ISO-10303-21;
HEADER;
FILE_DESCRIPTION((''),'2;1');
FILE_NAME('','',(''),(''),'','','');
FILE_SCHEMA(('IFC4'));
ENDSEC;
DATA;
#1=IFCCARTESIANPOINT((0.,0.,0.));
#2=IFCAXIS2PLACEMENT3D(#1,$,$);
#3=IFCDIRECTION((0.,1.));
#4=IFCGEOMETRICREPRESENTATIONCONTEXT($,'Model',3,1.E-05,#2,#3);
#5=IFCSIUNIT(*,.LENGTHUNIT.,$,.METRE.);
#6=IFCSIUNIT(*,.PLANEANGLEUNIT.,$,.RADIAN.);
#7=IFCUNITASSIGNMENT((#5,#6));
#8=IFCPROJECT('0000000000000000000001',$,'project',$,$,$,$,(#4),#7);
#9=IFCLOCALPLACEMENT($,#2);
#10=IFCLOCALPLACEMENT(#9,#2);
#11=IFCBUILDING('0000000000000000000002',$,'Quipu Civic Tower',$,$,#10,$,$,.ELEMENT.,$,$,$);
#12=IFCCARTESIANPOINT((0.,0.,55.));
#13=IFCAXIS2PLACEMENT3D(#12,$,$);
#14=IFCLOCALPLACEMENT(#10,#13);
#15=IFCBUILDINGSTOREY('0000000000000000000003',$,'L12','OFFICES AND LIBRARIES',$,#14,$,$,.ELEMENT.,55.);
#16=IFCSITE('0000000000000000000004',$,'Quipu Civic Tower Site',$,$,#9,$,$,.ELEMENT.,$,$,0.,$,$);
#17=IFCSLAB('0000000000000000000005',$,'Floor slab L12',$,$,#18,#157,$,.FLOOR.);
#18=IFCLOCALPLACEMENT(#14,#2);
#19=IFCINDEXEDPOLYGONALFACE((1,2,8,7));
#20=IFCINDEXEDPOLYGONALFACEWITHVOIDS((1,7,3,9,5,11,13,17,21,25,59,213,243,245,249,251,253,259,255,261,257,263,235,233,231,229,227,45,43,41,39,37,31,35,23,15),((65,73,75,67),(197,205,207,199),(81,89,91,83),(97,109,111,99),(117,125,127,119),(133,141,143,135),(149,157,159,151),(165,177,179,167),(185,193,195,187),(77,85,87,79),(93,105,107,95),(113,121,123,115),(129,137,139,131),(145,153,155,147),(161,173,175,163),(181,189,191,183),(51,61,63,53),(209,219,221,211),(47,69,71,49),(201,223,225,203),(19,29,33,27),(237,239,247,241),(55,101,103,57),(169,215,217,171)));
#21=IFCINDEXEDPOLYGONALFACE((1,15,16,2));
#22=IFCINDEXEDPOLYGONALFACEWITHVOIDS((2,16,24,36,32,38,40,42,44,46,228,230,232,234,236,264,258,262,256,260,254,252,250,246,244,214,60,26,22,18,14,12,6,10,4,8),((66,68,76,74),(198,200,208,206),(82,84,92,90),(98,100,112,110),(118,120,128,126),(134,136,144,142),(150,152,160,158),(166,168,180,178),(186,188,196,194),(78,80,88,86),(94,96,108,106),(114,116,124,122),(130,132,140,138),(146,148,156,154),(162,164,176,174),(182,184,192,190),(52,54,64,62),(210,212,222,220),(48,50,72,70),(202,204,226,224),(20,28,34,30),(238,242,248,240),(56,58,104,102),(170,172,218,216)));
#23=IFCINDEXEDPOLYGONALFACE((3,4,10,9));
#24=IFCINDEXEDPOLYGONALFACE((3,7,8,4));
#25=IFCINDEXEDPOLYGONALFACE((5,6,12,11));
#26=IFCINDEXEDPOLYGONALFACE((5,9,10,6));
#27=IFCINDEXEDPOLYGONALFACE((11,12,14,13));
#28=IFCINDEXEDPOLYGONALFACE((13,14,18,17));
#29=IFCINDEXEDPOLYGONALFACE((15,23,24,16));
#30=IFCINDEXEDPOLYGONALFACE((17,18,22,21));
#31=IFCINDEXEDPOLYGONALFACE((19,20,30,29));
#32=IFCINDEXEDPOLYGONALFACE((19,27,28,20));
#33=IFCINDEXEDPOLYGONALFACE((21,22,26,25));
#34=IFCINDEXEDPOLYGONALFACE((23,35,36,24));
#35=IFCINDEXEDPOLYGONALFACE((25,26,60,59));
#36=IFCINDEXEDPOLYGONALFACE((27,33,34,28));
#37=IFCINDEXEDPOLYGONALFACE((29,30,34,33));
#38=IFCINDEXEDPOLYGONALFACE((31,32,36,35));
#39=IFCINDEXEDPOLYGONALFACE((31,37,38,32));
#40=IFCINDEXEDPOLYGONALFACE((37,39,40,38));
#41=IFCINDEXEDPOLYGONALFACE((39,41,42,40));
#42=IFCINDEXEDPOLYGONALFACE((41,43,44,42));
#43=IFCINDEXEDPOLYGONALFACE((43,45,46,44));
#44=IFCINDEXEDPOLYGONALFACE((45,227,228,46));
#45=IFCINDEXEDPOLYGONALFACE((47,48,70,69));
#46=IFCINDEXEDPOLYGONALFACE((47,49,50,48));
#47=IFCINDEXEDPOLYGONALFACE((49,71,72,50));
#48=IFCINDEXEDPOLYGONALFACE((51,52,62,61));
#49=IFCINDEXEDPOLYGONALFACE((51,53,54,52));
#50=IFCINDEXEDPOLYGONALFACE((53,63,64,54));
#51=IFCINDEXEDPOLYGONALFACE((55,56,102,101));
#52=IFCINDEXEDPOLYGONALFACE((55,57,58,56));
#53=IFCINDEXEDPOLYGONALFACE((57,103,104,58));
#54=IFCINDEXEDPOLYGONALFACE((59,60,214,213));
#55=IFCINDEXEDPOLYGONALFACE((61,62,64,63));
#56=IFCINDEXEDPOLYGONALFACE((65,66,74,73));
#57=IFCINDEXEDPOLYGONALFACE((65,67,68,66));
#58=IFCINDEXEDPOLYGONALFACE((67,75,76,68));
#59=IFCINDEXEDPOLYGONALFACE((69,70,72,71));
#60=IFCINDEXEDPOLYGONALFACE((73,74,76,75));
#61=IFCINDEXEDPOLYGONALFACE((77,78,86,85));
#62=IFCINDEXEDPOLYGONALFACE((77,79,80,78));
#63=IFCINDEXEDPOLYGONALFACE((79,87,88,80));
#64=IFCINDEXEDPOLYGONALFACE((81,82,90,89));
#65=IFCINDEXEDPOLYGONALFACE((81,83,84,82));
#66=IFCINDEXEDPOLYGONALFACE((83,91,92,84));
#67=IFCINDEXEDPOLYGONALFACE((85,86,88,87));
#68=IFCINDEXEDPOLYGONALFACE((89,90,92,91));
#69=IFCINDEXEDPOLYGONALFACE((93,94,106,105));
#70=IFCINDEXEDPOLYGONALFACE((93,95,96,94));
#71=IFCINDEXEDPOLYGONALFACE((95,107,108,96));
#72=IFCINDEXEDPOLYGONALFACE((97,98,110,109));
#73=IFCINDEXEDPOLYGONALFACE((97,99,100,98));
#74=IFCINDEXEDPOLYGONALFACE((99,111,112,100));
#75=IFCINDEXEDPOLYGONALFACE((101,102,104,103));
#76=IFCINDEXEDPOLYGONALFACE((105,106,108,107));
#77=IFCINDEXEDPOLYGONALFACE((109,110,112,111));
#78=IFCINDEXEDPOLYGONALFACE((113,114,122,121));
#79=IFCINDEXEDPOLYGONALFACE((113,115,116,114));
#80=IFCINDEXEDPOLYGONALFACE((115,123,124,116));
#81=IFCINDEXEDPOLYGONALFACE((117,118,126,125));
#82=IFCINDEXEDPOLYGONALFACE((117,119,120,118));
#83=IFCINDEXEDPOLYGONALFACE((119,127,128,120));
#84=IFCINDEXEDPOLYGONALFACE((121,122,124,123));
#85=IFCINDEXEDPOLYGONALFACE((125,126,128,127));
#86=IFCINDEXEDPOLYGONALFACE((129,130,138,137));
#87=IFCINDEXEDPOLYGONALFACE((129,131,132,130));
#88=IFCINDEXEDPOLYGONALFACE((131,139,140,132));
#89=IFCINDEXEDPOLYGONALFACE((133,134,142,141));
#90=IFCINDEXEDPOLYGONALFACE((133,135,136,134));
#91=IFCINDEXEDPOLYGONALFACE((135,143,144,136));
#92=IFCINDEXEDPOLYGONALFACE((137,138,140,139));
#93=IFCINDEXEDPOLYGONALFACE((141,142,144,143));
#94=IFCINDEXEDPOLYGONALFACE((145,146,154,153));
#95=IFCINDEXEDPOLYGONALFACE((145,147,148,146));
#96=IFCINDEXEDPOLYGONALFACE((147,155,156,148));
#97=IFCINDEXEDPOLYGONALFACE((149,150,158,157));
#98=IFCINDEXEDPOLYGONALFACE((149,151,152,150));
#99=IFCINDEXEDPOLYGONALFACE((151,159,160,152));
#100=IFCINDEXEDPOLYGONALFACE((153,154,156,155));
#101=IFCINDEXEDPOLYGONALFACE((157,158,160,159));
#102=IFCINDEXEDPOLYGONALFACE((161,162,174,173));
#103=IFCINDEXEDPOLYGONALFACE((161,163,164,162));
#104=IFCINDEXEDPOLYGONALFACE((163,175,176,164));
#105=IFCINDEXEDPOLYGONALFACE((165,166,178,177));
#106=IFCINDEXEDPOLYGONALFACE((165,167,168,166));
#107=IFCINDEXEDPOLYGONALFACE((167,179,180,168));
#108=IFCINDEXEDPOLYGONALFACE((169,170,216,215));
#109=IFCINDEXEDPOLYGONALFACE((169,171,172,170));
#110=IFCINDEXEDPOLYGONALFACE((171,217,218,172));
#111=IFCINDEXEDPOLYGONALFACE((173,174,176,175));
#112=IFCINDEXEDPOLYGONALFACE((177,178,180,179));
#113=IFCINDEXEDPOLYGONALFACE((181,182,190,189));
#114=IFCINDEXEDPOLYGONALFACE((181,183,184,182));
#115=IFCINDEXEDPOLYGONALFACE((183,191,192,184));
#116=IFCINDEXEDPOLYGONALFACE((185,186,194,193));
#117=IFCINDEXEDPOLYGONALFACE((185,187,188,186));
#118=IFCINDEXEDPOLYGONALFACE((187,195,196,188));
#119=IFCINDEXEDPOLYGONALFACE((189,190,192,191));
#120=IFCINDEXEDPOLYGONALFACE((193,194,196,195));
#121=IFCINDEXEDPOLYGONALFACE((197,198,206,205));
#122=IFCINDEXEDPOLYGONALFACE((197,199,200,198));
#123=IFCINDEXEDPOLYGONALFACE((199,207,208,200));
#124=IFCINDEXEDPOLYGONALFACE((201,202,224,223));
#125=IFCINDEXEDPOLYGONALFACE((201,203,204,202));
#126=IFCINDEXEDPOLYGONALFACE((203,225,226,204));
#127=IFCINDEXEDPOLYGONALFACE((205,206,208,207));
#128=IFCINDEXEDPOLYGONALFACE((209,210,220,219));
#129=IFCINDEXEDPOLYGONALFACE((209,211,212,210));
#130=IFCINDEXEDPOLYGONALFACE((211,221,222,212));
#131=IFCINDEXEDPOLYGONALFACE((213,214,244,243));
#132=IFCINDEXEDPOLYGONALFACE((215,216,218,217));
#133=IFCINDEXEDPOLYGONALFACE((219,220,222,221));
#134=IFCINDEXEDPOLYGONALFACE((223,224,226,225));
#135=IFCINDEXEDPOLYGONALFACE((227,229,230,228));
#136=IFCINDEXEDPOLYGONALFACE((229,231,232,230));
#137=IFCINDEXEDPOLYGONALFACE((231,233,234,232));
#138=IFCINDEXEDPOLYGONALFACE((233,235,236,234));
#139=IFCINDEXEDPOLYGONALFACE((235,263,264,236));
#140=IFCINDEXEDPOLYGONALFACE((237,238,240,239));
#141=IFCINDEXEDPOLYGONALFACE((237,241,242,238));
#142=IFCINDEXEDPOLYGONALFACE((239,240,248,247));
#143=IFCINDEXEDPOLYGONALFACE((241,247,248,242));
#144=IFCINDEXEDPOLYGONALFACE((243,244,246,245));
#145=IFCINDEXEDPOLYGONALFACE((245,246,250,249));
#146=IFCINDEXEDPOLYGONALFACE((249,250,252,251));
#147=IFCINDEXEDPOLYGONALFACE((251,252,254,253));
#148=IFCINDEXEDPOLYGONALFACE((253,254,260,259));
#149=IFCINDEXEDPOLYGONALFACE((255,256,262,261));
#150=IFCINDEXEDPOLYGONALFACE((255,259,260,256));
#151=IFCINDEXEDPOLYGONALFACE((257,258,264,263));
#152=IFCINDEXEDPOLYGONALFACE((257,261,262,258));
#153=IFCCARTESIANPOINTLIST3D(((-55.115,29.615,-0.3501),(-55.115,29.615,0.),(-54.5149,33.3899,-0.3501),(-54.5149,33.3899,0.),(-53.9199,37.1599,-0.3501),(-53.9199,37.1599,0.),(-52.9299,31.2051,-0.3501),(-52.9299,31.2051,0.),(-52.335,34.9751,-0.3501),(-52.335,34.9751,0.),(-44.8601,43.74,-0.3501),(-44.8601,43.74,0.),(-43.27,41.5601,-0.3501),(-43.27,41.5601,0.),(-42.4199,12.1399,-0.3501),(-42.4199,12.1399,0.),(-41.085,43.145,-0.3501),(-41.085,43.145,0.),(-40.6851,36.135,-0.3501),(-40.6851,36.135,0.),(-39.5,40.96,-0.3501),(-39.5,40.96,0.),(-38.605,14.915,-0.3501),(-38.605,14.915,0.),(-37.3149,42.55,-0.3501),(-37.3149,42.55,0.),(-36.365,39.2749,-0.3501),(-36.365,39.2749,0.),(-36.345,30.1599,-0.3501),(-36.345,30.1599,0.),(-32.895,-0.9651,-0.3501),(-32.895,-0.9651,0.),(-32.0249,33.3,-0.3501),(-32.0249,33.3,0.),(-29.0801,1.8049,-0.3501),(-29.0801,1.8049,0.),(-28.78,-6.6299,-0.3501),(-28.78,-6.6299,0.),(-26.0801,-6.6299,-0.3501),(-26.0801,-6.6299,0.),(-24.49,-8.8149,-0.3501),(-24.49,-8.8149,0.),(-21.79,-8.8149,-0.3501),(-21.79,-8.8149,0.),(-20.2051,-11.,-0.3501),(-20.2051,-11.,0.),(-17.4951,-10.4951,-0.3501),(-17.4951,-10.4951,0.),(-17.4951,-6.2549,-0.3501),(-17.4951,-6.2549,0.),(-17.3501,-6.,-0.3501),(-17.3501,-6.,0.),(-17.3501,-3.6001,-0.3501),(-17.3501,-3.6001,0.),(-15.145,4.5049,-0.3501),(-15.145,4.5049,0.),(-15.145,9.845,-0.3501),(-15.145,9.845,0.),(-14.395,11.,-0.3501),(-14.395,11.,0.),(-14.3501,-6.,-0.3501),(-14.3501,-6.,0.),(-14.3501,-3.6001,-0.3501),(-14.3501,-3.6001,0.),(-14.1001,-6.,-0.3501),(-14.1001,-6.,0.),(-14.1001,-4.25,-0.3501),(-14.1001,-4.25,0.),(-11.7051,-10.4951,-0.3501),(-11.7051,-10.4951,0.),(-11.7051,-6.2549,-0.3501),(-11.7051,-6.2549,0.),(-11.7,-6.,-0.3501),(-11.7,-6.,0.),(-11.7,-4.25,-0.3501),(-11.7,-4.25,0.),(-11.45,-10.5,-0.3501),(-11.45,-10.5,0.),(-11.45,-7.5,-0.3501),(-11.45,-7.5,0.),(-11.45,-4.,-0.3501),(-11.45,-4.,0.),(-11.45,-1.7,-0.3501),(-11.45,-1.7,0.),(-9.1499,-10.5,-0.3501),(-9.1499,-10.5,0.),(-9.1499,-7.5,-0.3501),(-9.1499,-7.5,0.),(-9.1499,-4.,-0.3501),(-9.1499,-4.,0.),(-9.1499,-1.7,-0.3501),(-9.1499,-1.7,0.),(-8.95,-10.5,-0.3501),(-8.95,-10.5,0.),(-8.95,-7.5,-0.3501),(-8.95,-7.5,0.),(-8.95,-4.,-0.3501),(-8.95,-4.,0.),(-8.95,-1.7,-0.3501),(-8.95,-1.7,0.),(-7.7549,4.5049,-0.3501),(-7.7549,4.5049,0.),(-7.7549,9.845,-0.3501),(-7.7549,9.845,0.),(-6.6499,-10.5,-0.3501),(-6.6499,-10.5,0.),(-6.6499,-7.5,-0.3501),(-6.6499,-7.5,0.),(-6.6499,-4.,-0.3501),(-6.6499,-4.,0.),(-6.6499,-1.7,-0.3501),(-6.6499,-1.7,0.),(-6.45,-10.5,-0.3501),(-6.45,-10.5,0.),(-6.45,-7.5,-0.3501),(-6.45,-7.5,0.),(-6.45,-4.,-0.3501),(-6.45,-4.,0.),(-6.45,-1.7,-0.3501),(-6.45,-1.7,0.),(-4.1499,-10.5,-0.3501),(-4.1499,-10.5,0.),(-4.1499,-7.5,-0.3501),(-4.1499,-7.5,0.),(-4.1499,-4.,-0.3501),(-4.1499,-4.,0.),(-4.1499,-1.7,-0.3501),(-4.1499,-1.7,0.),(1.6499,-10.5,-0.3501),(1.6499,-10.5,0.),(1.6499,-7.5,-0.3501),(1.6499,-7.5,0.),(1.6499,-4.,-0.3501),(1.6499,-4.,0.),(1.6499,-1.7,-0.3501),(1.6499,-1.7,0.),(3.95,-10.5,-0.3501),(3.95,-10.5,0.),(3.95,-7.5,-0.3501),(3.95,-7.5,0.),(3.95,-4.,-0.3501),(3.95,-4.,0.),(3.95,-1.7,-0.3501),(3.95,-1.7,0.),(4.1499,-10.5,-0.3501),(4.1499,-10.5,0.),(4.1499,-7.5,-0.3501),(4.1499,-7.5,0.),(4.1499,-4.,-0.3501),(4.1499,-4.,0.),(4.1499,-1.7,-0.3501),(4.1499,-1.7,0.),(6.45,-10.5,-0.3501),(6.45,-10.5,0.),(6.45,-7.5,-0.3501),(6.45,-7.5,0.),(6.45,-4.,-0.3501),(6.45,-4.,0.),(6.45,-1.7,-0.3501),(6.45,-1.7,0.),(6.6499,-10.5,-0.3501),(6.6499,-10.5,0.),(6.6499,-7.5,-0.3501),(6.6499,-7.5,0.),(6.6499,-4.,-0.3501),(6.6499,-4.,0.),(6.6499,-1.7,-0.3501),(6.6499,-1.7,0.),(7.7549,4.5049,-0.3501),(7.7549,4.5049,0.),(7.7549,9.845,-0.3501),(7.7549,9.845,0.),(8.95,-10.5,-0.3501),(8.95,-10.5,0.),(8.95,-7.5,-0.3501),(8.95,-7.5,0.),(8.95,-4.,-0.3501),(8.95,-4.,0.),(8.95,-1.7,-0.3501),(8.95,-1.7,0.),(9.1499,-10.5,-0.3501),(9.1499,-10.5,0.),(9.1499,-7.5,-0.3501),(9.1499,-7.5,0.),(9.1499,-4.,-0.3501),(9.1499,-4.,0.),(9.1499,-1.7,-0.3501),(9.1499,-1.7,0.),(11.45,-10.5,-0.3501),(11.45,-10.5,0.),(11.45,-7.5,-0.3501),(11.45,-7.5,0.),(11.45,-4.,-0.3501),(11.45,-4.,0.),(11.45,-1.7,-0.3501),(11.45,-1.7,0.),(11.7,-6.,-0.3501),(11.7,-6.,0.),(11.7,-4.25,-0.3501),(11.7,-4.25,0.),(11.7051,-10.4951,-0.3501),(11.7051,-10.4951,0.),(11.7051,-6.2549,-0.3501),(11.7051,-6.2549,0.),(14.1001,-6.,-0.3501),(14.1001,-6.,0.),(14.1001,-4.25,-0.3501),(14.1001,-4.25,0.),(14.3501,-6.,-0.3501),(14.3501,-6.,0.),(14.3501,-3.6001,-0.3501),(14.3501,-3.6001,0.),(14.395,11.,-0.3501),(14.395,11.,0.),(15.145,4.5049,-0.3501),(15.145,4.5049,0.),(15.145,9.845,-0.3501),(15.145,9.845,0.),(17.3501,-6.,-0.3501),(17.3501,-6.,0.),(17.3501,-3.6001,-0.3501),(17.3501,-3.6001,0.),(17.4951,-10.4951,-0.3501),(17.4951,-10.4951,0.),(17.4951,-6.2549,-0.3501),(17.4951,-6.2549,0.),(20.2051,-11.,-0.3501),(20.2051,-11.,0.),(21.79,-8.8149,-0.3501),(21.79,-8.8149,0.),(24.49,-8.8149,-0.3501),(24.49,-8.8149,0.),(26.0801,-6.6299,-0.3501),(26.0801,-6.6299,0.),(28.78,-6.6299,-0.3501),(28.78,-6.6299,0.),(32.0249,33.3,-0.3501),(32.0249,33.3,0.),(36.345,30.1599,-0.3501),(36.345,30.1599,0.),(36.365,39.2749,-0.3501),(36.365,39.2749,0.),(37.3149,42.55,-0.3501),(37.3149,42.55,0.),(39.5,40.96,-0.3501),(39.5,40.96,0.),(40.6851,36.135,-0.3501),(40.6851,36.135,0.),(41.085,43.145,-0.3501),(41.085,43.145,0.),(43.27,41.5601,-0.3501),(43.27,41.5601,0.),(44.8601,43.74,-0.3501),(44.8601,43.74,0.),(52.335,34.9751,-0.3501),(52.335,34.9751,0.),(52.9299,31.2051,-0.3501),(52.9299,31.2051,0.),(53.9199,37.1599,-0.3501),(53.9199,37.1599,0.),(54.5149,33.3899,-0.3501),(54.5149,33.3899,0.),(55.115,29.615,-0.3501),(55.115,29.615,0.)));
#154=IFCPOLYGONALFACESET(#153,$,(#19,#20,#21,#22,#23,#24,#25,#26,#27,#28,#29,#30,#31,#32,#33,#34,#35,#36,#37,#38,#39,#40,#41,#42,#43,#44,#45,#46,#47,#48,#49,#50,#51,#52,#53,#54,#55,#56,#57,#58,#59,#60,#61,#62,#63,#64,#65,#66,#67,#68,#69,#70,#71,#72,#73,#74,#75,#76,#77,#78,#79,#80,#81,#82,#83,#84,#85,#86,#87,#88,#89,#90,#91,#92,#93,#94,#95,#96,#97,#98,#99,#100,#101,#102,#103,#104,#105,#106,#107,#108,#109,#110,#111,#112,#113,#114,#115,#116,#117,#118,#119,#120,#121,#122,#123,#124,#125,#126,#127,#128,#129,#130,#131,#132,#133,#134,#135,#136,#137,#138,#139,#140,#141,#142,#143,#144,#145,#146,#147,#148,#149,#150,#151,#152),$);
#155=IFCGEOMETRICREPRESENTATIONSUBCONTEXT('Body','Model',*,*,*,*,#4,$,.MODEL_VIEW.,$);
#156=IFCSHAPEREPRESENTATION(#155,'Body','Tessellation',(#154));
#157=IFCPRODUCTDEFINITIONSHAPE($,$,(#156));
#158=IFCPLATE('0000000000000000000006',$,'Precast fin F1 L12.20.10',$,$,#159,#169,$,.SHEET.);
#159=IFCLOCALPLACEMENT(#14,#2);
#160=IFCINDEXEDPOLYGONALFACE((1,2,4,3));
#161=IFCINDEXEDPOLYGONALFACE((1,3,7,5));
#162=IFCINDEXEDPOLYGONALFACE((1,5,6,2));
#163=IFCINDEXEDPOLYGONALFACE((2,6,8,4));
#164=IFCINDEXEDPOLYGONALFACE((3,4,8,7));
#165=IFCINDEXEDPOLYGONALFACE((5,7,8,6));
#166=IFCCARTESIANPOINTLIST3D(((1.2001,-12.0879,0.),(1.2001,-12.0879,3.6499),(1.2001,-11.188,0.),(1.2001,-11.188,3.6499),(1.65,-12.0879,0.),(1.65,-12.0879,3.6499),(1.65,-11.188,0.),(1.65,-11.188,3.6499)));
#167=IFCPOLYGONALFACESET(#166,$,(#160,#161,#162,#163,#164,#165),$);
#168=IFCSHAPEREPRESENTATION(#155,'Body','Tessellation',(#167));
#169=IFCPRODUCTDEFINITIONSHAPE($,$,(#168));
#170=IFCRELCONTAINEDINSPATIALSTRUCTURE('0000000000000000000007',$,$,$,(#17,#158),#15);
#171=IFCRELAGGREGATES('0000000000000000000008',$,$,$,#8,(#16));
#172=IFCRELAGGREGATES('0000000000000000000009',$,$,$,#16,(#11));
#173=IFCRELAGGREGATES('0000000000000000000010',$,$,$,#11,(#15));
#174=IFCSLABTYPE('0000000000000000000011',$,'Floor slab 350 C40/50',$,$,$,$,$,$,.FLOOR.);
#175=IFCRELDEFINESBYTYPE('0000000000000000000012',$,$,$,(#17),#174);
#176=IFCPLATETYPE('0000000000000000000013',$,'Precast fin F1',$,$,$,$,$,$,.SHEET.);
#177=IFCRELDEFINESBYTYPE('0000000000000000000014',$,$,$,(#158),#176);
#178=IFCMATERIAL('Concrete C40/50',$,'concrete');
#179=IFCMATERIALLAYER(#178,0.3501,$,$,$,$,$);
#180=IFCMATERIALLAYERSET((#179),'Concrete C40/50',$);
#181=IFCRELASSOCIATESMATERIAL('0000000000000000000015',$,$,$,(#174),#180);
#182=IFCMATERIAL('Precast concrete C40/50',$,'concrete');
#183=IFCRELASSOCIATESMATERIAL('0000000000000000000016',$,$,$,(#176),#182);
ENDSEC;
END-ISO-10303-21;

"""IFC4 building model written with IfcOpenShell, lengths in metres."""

from ifc_helpers import new_model, si_unit, direction, frame, origin, origin_2d, place, context, subcontext, project, spatial, polyline, rectangle, outline, extrude, material, layer, layer_set, type_object, element, save


model = new_model("IFC4")

# Units and contexts
model_context = context("Model", 3, precision=1e-05, world=origin(), true_north=direction((0.0, 1.0)))
body_context = subcontext(model_context, "Body", "Model", "MODEL_VIEW")
ifc_project = project(units=[si_unit("LENGTHUNIT", "METRE"), si_unit("PLANEANGLEUNIT", "RADIAN")], contexts=[model_context])

# Site, building, storey
site_placement = place(None, origin())
site = spatial("IfcSite", under=ifc_project, at=site_placement, Name="Quipu Civic Tower Site", CompositionType="ELEMENT", RefElevation=0.0)
building_placement = place(site_placement, origin())
building = spatial("IfcBuilding", under=site, at=building_placement, Name="Quipu Civic Tower", CompositionType="ELEMENT")
storey_placement = place(building_placement, frame((0.0, 0.0, 55.0)))
storey = spatial("IfcBuildingStorey", under=building, at=storey_placement, Name="L12", Description="OFFICES AND LIBRARIES", CompositionType="ELEMENT", Elevation=55.0)

# Slab
ifc_material_1 = material(Name="Concrete C40/50", Category="concrete")
ifc_layer_1 = layer(ifc_material_1, 0.3501)
ifc_layer_set_1 = layer_set([ifc_layer_1], Name="Concrete C40/50")
slab_type_1 = type_object("IfcSlabType", Name="Floor slab 350 C40/50", PredefinedType="FLOOR", material=ifc_layer_set_1)
slab_1_placement = place(storey_placement, frame((0.0, 0.0, -0.3501)))
element("IfcSlab", 1, at=slab_1_placement, inside=storey, type_object=slab_type_1, Name="Floor slab L12", PredefinedType="FLOOR", context=body_context, shape_type="SweptSolid", body=[
    extrude(outline(polyline([(-54.5149, 33.3899), (-52.335, 34.9751), (-53.9199, 37.1599), (-44.8601, 43.74), (-43.27, 41.5601), (-41.085, 43.145), (-39.5, 40.96), (-37.3149, 42.55), (-14.395, 11.0), (14.395, 11.0), (37.3149, 42.55), (39.5, 40.96), (41.085, 43.145), (43.27, 41.5601), (44.8601, 43.74), (53.9199, 37.1599), (52.335, 34.9751), (54.5149, 33.3899), (52.9299, 31.2051), (55.115, 29.615), (28.78, -6.6299), (26.0801, -6.6299), (24.49, -8.8149), (21.79, -8.8149), (20.2051, -11.0), (-20.2051, -11.0), (-21.79, -8.8149), (-24.49, -8.8149), (-26.0801, -6.6299), (-28.78, -6.6299), (-32.895, -0.9651), (-29.0801, 1.8049), (-38.605, 14.915), (-42.4199, 12.1399), (-55.115, 29.615), (-52.9299, 31.2051), (-54.5149, 33.3899)]), holes=[polyline([(-11.45, -7.5), (-11.45, -10.5), (-9.1499, -10.5), (-9.1499, -7.5), (-11.45, -7.5)]), polyline([(-6.6499, -7.5), (-8.95, -7.5), (-8.95, -10.5), (-6.6499, -10.5), (-6.6499, -7.5)]), polyline([(-4.1499, -7.5), (-6.45, -7.5), (-6.45, -10.5), (-4.1499, -10.5), (-4.1499, -7.5)]), polyline([(1.6499, -7.5), (1.6499, -10.5), (3.95, -10.5), (3.95, -7.5), (1.6499, -7.5)]), polyline([(-11.7051, -10.4951), (-11.7051, -6.2549), (-17.4951, -6.2549), (-17.4951, -10.4951), (-11.7051, -10.4951)]), polyline([(-11.7, -4.25), (-14.1001, -4.25), (-14.1001, -6.0), (-11.7, -6.0), (-11.7, -4.25)]), polyline([(-17.3501, -3.6001), (-17.3501, -6.0), (-14.3501, -6.0), (-14.3501, -3.6001), (-17.3501, -3.6001)]), polyline([(-9.1499, -1.7), (-11.45, -1.7), (-11.45, -4.0), (-9.1499, -4.0), (-9.1499, -1.7)]), polyline([(-6.6499, -1.7), (-8.95, -1.7), (-8.95, -4.0), (-6.6499, -4.0), (-6.6499, -1.7)]), polyline([(-6.45, -1.7), (-6.45, -4.0), (-4.1499, -4.0), (-4.1499, -1.7), (-6.45, -1.7)]), polyline([(-7.7549, 4.5049), (-7.7549, 9.845), (-15.145, 9.845), (-15.145, 4.5049), (-7.7549, 4.5049)]), polyline([(-36.365, 39.2749), (-40.6851, 36.135), (-36.345, 30.1599), (-32.0249, 33.3), (-36.365, 39.2749)]), polyline([(4.1499, -7.5), (4.1499, -10.5), (6.45, -10.5), (6.45, -7.5), (4.1499, -7.5)]), polyline([(8.95, -7.5), (6.6499, -7.5), (6.6499, -10.5), (8.95, -10.5), (8.95, -7.5)]), polyline([(11.45, -7.5), (9.1499, -7.5), (9.1499, -10.5), (11.45, -10.5), (11.45, -7.5)]), polyline([(11.7051, -10.4951), (17.4951, -10.4951), (17.4951, -6.2549), (11.7051, -6.2549), (11.7051, -10.4951)]), polyline([(14.1001, -4.25), (11.7, -4.25), (11.7, -6.0), (14.1001, -6.0), (14.1001, -4.25)]), polyline([(17.3501, -3.6001), (14.3501, -3.6001), (14.3501, -6.0), (17.3501, -6.0), (17.3501, -3.6001)]), polyline([(1.6499, -1.7), (1.6499, -4.0), (3.95, -4.0), (3.95, -1.7), (1.6499, -1.7)]), polyline([(6.45, -1.7), (4.1499, -1.7), (4.1499, -4.0), (6.45, -4.0), (6.45, -1.7)]), polyline([(8.95, -1.7), (6.6499, -1.7), (6.6499, -4.0), (8.95, -4.0), (8.95, -1.7)]), polyline([(9.1499, -1.7), (9.1499, -4.0), (11.45, -4.0), (11.45, -1.7), (9.1499, -1.7)]), polyline([(7.7549, 9.845), (7.7549, 4.5049), (15.145, 4.5049), (15.145, 9.845), (7.7549, 9.845)]), polyline([(40.6851, 36.135), (36.365, 39.2749), (32.0249, 33.3), (36.345, 30.1599), (40.6851, 36.135)])]), origin(), (0.0, 0.0, 1.0), 0.3501),
])

# Plate
ifc_material_2 = material(Name="Precast concrete C40/50", Category="concrete")
plate_type = type_object("IfcPlateType", Name="Precast fin F1", PredefinedType="SHEET", material=ifc_material_2)
plate_placement = place(storey_placement, frame((1.425, -11.6379, 0.0), z_axis=(0.0, 0.0, 1.0), x_axis=(1.0, 0.0, 0.0)))
element("IfcPlate", 2, at=plate_placement, inside=storey, type_object=plate_type, Name="Precast fin F1 L12.20.10", PredefinedType="SHEET", context=body_context, shape_type="SweptSolid", body=[
    extrude(rectangle(XDim=0.45, YDim=0.8999, at=origin_2d()), origin(), (0.0, 0.0, 1.0), 3.6499),
])

save(model, "model.ifc")
